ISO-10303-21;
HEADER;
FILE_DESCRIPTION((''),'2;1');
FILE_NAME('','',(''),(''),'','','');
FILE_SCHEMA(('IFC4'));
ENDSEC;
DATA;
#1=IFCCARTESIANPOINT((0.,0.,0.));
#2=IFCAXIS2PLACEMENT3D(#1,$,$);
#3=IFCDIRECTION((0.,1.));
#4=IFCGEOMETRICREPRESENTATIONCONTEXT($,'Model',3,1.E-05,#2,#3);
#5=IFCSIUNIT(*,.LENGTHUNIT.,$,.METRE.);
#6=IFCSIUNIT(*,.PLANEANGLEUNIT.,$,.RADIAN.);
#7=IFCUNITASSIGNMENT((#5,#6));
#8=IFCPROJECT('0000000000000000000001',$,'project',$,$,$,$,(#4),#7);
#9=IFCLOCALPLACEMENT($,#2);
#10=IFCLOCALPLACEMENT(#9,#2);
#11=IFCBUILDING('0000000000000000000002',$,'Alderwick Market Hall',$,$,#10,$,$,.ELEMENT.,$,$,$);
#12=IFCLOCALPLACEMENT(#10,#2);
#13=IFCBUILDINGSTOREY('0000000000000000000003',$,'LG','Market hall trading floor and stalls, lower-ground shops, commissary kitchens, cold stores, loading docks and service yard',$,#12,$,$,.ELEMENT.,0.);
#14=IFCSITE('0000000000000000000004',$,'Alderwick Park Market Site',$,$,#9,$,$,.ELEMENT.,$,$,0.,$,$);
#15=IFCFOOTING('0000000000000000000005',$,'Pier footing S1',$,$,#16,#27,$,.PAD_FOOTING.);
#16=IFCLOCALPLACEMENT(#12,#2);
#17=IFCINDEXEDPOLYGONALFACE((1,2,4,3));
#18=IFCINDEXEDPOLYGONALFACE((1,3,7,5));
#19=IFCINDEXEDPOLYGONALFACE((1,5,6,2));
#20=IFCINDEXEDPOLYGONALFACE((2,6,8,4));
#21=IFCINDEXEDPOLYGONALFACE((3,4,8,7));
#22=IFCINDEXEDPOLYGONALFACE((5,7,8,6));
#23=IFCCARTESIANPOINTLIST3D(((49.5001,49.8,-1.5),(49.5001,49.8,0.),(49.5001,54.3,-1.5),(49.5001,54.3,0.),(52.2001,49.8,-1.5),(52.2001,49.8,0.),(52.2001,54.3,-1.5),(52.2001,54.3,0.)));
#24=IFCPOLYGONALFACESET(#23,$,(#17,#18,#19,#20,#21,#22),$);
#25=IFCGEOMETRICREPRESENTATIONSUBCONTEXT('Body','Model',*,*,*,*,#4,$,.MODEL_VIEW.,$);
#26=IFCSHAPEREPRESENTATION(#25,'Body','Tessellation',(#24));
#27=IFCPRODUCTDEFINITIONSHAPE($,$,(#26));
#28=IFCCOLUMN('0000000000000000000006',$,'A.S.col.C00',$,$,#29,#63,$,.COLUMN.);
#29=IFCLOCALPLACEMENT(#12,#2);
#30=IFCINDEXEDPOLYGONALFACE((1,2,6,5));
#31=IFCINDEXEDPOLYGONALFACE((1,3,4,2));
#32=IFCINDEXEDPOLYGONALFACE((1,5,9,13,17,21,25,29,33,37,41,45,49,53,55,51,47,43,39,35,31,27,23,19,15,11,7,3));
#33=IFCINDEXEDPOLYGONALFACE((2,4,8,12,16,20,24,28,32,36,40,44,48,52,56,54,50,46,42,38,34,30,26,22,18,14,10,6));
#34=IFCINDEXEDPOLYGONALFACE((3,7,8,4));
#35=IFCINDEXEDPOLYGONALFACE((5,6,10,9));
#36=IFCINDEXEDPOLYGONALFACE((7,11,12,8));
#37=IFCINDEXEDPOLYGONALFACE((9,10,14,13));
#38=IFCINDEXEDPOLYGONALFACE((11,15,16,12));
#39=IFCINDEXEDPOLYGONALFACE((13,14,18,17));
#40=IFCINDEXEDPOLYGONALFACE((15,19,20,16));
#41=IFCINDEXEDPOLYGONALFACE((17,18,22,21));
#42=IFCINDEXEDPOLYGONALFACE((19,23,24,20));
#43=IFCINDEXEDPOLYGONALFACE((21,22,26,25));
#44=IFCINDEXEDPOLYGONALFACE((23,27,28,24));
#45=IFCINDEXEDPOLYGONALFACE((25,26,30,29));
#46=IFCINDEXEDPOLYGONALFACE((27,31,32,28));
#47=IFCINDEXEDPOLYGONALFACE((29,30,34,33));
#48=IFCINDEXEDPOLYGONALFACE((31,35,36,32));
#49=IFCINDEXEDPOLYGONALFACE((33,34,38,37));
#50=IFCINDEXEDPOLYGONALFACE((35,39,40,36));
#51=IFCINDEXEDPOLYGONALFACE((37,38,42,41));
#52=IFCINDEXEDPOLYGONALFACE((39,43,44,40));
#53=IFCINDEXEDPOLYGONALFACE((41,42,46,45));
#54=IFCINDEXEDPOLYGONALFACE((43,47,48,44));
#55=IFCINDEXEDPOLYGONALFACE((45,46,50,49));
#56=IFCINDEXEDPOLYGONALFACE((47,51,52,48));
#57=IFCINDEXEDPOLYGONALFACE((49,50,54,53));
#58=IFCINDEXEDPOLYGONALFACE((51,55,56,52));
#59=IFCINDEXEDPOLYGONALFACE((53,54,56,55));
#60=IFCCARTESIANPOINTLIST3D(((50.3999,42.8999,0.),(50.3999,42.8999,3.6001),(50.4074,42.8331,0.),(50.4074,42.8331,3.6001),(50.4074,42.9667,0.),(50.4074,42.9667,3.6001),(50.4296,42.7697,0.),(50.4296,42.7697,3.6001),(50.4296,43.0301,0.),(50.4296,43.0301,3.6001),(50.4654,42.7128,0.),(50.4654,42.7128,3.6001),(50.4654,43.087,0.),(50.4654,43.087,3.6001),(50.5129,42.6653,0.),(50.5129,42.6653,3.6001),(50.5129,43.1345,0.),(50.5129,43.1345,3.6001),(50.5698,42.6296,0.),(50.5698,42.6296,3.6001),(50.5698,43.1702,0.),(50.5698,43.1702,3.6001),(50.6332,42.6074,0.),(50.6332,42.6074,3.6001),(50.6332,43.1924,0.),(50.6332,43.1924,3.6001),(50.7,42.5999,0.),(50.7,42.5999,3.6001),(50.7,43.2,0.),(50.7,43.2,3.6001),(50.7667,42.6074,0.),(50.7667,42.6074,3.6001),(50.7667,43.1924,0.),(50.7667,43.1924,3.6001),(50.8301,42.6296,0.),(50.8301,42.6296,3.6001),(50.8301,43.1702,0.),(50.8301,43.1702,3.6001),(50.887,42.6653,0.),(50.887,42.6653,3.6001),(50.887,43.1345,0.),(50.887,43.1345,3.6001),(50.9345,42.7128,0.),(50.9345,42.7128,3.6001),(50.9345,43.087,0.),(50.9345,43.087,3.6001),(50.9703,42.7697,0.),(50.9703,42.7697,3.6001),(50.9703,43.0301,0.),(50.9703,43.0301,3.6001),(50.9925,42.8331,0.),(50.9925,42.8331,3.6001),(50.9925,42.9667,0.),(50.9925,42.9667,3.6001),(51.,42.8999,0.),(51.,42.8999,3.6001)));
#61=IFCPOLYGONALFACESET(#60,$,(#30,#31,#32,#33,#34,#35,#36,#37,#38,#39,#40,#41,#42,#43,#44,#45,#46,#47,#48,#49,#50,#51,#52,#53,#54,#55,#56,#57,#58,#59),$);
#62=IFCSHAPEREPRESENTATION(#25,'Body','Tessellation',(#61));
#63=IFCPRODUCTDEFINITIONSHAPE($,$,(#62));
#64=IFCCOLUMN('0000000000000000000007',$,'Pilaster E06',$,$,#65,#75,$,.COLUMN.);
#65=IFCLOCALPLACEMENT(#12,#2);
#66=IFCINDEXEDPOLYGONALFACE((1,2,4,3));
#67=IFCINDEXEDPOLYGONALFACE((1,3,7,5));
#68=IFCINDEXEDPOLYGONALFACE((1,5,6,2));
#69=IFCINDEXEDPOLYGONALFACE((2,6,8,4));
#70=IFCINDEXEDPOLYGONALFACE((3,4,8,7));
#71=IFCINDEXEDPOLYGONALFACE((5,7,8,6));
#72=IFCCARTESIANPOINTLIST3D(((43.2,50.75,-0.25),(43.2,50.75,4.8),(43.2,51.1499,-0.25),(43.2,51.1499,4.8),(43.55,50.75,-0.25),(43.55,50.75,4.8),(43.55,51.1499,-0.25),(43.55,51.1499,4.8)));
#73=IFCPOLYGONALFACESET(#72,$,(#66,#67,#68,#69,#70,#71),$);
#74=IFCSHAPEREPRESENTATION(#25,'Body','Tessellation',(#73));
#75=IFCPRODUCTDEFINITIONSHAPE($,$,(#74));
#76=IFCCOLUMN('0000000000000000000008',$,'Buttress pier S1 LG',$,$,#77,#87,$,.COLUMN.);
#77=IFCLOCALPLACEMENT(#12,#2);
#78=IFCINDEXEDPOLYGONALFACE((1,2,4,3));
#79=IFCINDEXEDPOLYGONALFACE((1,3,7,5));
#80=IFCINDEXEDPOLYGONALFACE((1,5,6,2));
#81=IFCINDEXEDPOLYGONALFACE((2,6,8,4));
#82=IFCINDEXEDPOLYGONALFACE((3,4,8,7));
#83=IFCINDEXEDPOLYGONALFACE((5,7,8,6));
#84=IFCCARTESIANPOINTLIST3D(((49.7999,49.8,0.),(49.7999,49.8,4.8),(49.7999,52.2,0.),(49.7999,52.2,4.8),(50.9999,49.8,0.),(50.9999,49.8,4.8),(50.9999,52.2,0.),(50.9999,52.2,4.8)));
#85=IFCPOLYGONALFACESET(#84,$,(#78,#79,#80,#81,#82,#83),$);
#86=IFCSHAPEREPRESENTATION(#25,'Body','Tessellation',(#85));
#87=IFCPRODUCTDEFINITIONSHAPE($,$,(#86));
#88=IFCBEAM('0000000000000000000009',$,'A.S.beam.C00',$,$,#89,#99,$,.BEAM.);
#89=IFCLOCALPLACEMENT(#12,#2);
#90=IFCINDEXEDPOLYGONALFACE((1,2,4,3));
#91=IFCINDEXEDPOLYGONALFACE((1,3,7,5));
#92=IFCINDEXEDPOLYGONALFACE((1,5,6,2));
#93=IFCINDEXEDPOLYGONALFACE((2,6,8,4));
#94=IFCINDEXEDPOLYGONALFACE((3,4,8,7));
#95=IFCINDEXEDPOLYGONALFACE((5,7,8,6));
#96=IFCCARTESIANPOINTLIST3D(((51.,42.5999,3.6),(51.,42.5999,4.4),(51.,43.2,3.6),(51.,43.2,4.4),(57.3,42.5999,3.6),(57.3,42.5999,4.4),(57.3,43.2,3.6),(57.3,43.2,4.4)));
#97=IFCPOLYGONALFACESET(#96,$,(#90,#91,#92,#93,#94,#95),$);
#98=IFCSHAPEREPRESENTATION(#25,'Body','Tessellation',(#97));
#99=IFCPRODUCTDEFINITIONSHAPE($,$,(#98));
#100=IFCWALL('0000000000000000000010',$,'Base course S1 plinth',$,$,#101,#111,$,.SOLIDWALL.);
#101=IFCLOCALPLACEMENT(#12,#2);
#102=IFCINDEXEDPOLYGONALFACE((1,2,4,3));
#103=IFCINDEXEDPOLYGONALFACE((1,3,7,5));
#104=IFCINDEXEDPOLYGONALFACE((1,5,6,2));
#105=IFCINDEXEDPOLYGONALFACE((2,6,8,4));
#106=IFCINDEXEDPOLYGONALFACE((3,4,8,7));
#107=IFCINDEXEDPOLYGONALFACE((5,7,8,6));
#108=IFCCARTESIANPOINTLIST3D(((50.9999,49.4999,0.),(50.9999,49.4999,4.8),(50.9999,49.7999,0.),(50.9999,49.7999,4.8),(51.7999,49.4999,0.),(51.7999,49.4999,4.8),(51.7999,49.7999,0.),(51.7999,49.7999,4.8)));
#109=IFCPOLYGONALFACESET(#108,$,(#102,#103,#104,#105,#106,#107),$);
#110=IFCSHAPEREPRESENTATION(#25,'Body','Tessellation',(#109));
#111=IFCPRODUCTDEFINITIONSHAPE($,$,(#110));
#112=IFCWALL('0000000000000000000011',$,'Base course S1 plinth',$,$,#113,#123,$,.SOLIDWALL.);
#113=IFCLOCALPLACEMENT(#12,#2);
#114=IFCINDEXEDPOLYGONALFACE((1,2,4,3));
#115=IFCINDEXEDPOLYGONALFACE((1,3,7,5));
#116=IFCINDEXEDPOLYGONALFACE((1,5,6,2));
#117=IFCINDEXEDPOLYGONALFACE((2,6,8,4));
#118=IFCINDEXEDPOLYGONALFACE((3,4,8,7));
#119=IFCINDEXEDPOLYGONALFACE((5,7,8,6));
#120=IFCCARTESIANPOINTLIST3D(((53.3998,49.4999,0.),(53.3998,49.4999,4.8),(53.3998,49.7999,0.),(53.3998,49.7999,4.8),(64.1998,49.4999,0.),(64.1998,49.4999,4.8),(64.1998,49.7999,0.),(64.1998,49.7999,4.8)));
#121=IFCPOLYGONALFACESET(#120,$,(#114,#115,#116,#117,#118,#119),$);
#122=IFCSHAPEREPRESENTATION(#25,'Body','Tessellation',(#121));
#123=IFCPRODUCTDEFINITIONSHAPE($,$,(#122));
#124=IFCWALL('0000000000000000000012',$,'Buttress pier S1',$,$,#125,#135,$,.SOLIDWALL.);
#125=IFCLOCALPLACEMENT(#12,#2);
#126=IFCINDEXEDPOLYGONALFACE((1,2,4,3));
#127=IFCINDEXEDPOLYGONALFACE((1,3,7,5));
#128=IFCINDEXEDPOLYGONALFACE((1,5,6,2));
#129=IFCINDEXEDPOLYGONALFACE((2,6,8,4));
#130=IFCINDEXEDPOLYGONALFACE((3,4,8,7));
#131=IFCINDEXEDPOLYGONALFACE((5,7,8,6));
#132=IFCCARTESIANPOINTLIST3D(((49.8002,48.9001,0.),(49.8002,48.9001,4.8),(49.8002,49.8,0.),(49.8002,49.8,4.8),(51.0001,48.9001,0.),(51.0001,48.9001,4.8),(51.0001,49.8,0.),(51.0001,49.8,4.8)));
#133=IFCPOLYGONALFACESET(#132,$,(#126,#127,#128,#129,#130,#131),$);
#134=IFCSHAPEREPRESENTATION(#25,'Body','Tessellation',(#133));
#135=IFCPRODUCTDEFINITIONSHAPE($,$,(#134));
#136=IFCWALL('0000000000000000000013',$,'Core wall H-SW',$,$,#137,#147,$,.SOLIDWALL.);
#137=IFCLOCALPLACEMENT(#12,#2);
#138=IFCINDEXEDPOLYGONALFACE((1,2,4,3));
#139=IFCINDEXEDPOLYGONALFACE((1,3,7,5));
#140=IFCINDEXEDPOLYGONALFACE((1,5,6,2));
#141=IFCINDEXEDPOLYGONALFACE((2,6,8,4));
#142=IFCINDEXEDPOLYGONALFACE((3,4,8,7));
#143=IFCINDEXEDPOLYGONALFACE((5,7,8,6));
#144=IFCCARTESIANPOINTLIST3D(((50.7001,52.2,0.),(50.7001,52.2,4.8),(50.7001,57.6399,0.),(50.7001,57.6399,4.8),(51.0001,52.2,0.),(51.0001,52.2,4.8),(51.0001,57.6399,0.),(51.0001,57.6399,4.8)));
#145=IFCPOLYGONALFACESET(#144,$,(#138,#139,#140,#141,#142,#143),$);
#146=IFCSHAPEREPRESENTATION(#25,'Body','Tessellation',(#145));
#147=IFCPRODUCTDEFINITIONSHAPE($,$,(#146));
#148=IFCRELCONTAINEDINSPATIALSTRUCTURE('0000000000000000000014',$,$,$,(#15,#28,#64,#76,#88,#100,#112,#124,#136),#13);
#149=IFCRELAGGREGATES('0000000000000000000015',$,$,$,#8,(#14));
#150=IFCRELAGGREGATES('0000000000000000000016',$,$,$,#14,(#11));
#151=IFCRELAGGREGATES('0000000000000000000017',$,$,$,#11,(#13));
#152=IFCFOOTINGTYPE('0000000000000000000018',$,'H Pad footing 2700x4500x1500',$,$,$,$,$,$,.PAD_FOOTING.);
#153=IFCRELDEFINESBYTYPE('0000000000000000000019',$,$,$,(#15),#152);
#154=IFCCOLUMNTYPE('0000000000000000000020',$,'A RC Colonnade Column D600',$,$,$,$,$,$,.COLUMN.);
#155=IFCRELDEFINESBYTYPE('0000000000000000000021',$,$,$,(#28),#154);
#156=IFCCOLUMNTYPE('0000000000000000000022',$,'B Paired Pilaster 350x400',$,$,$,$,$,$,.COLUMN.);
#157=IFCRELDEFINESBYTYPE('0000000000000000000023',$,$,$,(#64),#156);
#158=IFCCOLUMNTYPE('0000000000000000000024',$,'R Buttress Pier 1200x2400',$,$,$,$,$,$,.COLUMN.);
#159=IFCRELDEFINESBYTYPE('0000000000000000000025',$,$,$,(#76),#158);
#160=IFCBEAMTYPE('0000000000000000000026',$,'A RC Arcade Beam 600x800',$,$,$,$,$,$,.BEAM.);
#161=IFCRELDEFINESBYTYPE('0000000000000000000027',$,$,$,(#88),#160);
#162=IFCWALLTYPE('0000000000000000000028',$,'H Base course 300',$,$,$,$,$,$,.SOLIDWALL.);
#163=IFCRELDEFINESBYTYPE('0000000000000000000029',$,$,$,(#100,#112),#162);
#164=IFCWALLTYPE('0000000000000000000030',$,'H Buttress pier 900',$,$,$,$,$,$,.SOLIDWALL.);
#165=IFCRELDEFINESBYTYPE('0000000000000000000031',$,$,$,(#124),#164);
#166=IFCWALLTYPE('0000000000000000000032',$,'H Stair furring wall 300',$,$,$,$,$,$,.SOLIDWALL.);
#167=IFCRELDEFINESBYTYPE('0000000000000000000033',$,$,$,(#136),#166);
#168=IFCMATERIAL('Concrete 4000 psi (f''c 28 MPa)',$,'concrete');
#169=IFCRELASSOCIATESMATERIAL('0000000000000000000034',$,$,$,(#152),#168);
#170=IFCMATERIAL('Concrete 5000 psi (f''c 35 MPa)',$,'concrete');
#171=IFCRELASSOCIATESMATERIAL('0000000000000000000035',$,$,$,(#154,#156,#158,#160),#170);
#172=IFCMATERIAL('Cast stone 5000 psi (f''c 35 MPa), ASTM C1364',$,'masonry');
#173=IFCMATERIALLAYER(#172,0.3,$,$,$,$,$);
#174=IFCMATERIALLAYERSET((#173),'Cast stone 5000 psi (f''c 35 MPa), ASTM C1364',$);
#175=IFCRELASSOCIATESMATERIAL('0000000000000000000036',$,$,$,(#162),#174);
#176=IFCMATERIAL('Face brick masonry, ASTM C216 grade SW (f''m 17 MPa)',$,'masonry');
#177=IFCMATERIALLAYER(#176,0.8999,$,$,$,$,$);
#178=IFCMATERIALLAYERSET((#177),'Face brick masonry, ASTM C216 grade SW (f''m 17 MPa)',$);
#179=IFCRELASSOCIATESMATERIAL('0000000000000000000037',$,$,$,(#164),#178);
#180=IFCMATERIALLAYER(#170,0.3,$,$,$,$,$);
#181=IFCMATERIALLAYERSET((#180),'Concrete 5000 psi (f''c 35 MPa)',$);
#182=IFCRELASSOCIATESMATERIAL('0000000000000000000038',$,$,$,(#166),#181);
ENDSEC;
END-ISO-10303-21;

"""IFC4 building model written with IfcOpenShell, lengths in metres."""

from ifc_helpers import new_model, si_unit, direction, frame, frame_2d, origin, origin_2d, place, context, subcontext, project, spatial, rectangle, circle, extrude, material, layer, layer_set, material_profile, profile_set, type_object, element, save


model = new_model("IFC4")

# Units and contexts
model_context = context("Model", 3, precision=1e-05, world=origin(), true_north=direction((0.0, 1.0)))
body_context = subcontext(model_context, "Body", "Model", "MODEL_VIEW")
ifc_project = project(units=[si_unit("LENGTHUNIT", "METRE"), si_unit("PLANEANGLEUNIT", "RADIAN")], contexts=[model_context])

# Site, building, storey
site_placement = place(None, origin())
site = spatial("IfcSite", under=ifc_project, at=site_placement, Name="Alderwick Park Market Site", CompositionType="ELEMENT", RefElevation=0.0)
building_placement = place(site_placement, origin())
building = spatial("IfcBuilding", under=site, at=building_placement, Name="Alderwick Market Hall", CompositionType="ELEMENT")
storey_placement = place(building_placement, origin())
storey = spatial("IfcBuildingStorey", under=building, at=storey_placement, Name="LG", Description="Market hall trading floor and stalls, lower-ground shops, commissary kitchens, cold stores, loading docks and service yard", CompositionType="ELEMENT", Elevation=0.0)

# Footing
ifc_material_1 = material(Name="Concrete 4000 psi (f'c 28 MPa)", Category="concrete")
footing_type = type_object("IfcFootingType", Name="H Pad footing 2700x4500x1500", PredefinedType="PAD_FOOTING", material=ifc_material_1)
footing_placement = place(storey_placement, frame((50.8501, 52.05, -1.5), z_axis=(0.0, 0.0, 1.0), x_axis=(1.0, 0.0, 0.0)))
element("IfcFooting", 1, at=footing_placement, inside=storey, type_object=footing_type, Name="Pier footing S1", PredefinedType="PAD_FOOTING", context=body_context, shape_type="SweptSolid", body=[
    extrude(rectangle(XDim=2.7, YDim=4.5, at=origin_2d()), origin(), (0.0, 0.0, 1.0), 1.5),
])

# Columns
ifc_material_2 = material(Name="Concrete 5000 psi (f'c 35 MPa)", Category="concrete")
ifc_material_profile_1 = material_profile(ifc_material_2, circle(Radius=0.3, at=origin_2d()), Name="A RC Colonnade Column D600")
ifc_profile_set_1 = profile_set([ifc_material_profile_1], Name="Concrete 5000 psi (f'c 35 MPa)")
column_type_1 = type_object("IfcColumnType", Name="A RC Colonnade Column D600", PredefinedType="COLUMN", material=ifc_profile_set_1)
column_1_placement = place(storey_placement, frame((50.7, 42.8999, 0.0), z_axis=(0.0, 0.0, 1.0), x_axis=(1.0, 0.0, 0.0)))
element("IfcColumn", 2, at=column_1_placement, inside=storey, type_object=column_type_1, Name="A.S.col.C00", PredefinedType="COLUMN", context=body_context, shape_type="SweptSolid", body=[
    extrude(circle(Radius=0.3, at=origin_2d()), origin(), (0.0, 0.0, 1.0), 3.6001),
])
ifc_material_profile_2 = material_profile(ifc_material_2, rectangle(XDim=0.3501, YDim=0.3999, at=origin_2d()), Name="B Paired Pilaster 350x400")
ifc_profile_set_2 = profile_set([ifc_material_profile_2], Name="Concrete 5000 psi (f'c 35 MPa)")
column_type_2 = type_object("IfcColumnType", Name="B Paired Pilaster 350x400", PredefinedType="COLUMN", material=ifc_profile_set_2)
column_2_placement = place(storey_placement, frame((43.375, 50.95, -0.25), z_axis=(0.0, 0.0, 1.0), x_axis=(1.0, 0.0, 0.0)))
element("IfcColumn", 3, at=column_2_placement, inside=storey, type_object=column_type_2, Name="Pilaster E06", PredefinedType="COLUMN", context=body_context, shape_type="SweptSolid", body=[
    extrude(rectangle(XDim=0.3501, YDim=0.3999, at=origin_2d()), origin(), (0.0, 0.0, 1.0), 5.05),
])
ifc_material_profile_3 = material_profile(ifc_material_2, rectangle(XDim=1.2, YDim=2.3999, at=origin_2d()), Name="RC 1200x2400")
ifc_profile_set_3 = profile_set([ifc_material_profile_3], Name="Concrete 5000 psi (f'c 35 MPa)")
column_type_3 = type_object("IfcColumnType", Name="R Buttress Pier 1200x2400", PredefinedType="COLUMN", material=ifc_profile_set_3)
column_3_placement = place(storey_placement, frame((50.3999, 51.0, 0.0), z_axis=(0.0, 0.0, 1.0), x_axis=(1.0, 0.0, 0.0)))
element("IfcColumn", 4, at=column_3_placement, inside=storey, type_object=column_type_3, Name="Buttress pier S1 LG", PredefinedType="COLUMN", context=body_context, shape_type="SweptSolid", body=[
    extrude(rectangle(XDim=1.2, YDim=2.3999, at=origin_2d()), origin(), (0.0, 0.0, 1.0), 4.8),
])

# Beam
ifc_material_profile_4 = material_profile(ifc_material_2, rectangle(XDim=0.6001, YDim=0.8, at=origin_2d()), Name="A RC Arcade Beam 600x800")
ifc_profile_set_4 = profile_set([ifc_material_profile_4], Name="Concrete 5000 psi (f'c 35 MPa)")
beam_type = type_object("IfcBeamType", Name="A RC Arcade Beam 600x800", PredefinedType="BEAM", material=ifc_profile_set_4)
beam_placement = place(storey_placement, frame((51.0, 42.8999, 4.0), z_axis=(1.0, 0.0, 0.0), x_axis=(0.0, 1.0, 0.0)))
element("IfcBeam", 5, at=beam_placement, inside=storey, type_object=beam_type, Name="A.S.beam.C00", PredefinedType="BEAM", context=body_context, shape_type="SweptSolid", body=[
    extrude(rectangle(XDim=0.6001, YDim=0.8, at=origin_2d()), origin(), (0.0, 0.0, 1.0), 6.3),
])

# Walls
ifc_material_3 = material(Name="Cast stone 5000 psi (f'c 35 MPa), ASTM C1364", Category="masonry")
ifc_layer_1 = layer(ifc_material_3, 0.3)
ifc_layer_set_1 = layer_set([ifc_layer_1], Name="Cast stone 5000 psi (f'c 35 MPa), ASTM C1364")
wall_type_1 = type_object("IfcWallType", Name="H Base course 300", PredefinedType="SOLIDWALL", material=ifc_layer_set_1)
wall_1_placement = place(storey_placement, frame((51.0, 49.6499, 0.0), z_axis=(0.0, 0.0, 1.0), x_axis=(1.0, 0.0, 0.0)))
element("IfcWall", 6, at=wall_1_placement, inside=storey, type_object=wall_type_1, Name="Base course S1 plinth", PredefinedType="SOLIDWALL", context=body_context, shape_type="SweptSolid", body=[
    extrude(rectangle(XDim=0.8, YDim=0.3, at=frame_2d((0.3999, 0.0))), origin(), (0.0, 0.0, 1.0), 4.8),
])
wall_2_placement = place(storey_placement, frame((53.3999, 49.6499, 0.0), z_axis=(0.0, 0.0, 1.0), x_axis=(1.0, 0.0, 0.0)))
element("IfcWall", 7, at=wall_2_placement, inside=storey, type_object=wall_type_1, Name="Base course S1 plinth", PredefinedType="SOLIDWALL", context=body_context, shape_type="SweptSolid", body=[
    extrude(rectangle(XDim=10.8, YDim=0.3, at=frame_2d((5.3999, 0.0))), origin(), (0.0, 0.0, 1.0), 4.8),
])
ifc_material_4 = material(Name="Face brick masonry, ASTM C216 grade SW (f'm 17 MPa)", Category="masonry")
ifc_layer_2 = layer(ifc_material_4, 0.8999)
ifc_layer_set_2 = layer_set([ifc_layer_2], Name="Face brick masonry, ASTM C216 grade SW (f'm 17 MPa)")
wall_type_2 = type_object("IfcWallType", Name="H Buttress pier 900", PredefinedType="SOLIDWALL", material=ifc_layer_set_2)
wall_3_placement = place(storey_placement, frame((49.8, 49.3501, 0.0), z_axis=(0.0, 0.0, 1.0), x_axis=(1.0, 0.0, 0.0)))
element("IfcWall", 8, at=wall_3_placement, inside=storey, type_object=wall_type_2, Name="Buttress pier S1", PredefinedType="SOLIDWALL", context=body_context, shape_type="SweptSolid", body=[
    extrude(rectangle(XDim=1.2, YDim=0.8999, at=frame_2d((0.6001, 0.0))), origin(), (0.0, 0.0, 1.0), 4.8),
])

# Wall
ifc_layer_3 = layer(ifc_material_2, 0.3)
ifc_layer_set_3 = layer_set([ifc_layer_3], Name="Concrete 5000 psi (f'c 35 MPa)")
wall_type_3 = type_object("IfcWallType", Name="H Stair furring wall 300", PredefinedType="SOLIDWALL", material=ifc_layer_set_3)
wall_4_placement = place(storey_placement, frame((50.8501, 52.2, 0.0), z_axis=(0.0, 0.0, 1.0), x_axis=(0.0, 1.0, 0.0)))
element("IfcWall", 9, at=wall_4_placement, inside=storey, type_object=wall_type_3, Name="Core wall H-SW", PredefinedType="SOLIDWALL", context=body_context, shape_type="SweptSolid", body=[
    extrude(rectangle(XDim=5.4399, YDim=0.3, at=frame_2d((2.72, 0.0))), origin(), (0.0, 0.0, 1.0), 4.8),
])

save(model, "model.ifc")
